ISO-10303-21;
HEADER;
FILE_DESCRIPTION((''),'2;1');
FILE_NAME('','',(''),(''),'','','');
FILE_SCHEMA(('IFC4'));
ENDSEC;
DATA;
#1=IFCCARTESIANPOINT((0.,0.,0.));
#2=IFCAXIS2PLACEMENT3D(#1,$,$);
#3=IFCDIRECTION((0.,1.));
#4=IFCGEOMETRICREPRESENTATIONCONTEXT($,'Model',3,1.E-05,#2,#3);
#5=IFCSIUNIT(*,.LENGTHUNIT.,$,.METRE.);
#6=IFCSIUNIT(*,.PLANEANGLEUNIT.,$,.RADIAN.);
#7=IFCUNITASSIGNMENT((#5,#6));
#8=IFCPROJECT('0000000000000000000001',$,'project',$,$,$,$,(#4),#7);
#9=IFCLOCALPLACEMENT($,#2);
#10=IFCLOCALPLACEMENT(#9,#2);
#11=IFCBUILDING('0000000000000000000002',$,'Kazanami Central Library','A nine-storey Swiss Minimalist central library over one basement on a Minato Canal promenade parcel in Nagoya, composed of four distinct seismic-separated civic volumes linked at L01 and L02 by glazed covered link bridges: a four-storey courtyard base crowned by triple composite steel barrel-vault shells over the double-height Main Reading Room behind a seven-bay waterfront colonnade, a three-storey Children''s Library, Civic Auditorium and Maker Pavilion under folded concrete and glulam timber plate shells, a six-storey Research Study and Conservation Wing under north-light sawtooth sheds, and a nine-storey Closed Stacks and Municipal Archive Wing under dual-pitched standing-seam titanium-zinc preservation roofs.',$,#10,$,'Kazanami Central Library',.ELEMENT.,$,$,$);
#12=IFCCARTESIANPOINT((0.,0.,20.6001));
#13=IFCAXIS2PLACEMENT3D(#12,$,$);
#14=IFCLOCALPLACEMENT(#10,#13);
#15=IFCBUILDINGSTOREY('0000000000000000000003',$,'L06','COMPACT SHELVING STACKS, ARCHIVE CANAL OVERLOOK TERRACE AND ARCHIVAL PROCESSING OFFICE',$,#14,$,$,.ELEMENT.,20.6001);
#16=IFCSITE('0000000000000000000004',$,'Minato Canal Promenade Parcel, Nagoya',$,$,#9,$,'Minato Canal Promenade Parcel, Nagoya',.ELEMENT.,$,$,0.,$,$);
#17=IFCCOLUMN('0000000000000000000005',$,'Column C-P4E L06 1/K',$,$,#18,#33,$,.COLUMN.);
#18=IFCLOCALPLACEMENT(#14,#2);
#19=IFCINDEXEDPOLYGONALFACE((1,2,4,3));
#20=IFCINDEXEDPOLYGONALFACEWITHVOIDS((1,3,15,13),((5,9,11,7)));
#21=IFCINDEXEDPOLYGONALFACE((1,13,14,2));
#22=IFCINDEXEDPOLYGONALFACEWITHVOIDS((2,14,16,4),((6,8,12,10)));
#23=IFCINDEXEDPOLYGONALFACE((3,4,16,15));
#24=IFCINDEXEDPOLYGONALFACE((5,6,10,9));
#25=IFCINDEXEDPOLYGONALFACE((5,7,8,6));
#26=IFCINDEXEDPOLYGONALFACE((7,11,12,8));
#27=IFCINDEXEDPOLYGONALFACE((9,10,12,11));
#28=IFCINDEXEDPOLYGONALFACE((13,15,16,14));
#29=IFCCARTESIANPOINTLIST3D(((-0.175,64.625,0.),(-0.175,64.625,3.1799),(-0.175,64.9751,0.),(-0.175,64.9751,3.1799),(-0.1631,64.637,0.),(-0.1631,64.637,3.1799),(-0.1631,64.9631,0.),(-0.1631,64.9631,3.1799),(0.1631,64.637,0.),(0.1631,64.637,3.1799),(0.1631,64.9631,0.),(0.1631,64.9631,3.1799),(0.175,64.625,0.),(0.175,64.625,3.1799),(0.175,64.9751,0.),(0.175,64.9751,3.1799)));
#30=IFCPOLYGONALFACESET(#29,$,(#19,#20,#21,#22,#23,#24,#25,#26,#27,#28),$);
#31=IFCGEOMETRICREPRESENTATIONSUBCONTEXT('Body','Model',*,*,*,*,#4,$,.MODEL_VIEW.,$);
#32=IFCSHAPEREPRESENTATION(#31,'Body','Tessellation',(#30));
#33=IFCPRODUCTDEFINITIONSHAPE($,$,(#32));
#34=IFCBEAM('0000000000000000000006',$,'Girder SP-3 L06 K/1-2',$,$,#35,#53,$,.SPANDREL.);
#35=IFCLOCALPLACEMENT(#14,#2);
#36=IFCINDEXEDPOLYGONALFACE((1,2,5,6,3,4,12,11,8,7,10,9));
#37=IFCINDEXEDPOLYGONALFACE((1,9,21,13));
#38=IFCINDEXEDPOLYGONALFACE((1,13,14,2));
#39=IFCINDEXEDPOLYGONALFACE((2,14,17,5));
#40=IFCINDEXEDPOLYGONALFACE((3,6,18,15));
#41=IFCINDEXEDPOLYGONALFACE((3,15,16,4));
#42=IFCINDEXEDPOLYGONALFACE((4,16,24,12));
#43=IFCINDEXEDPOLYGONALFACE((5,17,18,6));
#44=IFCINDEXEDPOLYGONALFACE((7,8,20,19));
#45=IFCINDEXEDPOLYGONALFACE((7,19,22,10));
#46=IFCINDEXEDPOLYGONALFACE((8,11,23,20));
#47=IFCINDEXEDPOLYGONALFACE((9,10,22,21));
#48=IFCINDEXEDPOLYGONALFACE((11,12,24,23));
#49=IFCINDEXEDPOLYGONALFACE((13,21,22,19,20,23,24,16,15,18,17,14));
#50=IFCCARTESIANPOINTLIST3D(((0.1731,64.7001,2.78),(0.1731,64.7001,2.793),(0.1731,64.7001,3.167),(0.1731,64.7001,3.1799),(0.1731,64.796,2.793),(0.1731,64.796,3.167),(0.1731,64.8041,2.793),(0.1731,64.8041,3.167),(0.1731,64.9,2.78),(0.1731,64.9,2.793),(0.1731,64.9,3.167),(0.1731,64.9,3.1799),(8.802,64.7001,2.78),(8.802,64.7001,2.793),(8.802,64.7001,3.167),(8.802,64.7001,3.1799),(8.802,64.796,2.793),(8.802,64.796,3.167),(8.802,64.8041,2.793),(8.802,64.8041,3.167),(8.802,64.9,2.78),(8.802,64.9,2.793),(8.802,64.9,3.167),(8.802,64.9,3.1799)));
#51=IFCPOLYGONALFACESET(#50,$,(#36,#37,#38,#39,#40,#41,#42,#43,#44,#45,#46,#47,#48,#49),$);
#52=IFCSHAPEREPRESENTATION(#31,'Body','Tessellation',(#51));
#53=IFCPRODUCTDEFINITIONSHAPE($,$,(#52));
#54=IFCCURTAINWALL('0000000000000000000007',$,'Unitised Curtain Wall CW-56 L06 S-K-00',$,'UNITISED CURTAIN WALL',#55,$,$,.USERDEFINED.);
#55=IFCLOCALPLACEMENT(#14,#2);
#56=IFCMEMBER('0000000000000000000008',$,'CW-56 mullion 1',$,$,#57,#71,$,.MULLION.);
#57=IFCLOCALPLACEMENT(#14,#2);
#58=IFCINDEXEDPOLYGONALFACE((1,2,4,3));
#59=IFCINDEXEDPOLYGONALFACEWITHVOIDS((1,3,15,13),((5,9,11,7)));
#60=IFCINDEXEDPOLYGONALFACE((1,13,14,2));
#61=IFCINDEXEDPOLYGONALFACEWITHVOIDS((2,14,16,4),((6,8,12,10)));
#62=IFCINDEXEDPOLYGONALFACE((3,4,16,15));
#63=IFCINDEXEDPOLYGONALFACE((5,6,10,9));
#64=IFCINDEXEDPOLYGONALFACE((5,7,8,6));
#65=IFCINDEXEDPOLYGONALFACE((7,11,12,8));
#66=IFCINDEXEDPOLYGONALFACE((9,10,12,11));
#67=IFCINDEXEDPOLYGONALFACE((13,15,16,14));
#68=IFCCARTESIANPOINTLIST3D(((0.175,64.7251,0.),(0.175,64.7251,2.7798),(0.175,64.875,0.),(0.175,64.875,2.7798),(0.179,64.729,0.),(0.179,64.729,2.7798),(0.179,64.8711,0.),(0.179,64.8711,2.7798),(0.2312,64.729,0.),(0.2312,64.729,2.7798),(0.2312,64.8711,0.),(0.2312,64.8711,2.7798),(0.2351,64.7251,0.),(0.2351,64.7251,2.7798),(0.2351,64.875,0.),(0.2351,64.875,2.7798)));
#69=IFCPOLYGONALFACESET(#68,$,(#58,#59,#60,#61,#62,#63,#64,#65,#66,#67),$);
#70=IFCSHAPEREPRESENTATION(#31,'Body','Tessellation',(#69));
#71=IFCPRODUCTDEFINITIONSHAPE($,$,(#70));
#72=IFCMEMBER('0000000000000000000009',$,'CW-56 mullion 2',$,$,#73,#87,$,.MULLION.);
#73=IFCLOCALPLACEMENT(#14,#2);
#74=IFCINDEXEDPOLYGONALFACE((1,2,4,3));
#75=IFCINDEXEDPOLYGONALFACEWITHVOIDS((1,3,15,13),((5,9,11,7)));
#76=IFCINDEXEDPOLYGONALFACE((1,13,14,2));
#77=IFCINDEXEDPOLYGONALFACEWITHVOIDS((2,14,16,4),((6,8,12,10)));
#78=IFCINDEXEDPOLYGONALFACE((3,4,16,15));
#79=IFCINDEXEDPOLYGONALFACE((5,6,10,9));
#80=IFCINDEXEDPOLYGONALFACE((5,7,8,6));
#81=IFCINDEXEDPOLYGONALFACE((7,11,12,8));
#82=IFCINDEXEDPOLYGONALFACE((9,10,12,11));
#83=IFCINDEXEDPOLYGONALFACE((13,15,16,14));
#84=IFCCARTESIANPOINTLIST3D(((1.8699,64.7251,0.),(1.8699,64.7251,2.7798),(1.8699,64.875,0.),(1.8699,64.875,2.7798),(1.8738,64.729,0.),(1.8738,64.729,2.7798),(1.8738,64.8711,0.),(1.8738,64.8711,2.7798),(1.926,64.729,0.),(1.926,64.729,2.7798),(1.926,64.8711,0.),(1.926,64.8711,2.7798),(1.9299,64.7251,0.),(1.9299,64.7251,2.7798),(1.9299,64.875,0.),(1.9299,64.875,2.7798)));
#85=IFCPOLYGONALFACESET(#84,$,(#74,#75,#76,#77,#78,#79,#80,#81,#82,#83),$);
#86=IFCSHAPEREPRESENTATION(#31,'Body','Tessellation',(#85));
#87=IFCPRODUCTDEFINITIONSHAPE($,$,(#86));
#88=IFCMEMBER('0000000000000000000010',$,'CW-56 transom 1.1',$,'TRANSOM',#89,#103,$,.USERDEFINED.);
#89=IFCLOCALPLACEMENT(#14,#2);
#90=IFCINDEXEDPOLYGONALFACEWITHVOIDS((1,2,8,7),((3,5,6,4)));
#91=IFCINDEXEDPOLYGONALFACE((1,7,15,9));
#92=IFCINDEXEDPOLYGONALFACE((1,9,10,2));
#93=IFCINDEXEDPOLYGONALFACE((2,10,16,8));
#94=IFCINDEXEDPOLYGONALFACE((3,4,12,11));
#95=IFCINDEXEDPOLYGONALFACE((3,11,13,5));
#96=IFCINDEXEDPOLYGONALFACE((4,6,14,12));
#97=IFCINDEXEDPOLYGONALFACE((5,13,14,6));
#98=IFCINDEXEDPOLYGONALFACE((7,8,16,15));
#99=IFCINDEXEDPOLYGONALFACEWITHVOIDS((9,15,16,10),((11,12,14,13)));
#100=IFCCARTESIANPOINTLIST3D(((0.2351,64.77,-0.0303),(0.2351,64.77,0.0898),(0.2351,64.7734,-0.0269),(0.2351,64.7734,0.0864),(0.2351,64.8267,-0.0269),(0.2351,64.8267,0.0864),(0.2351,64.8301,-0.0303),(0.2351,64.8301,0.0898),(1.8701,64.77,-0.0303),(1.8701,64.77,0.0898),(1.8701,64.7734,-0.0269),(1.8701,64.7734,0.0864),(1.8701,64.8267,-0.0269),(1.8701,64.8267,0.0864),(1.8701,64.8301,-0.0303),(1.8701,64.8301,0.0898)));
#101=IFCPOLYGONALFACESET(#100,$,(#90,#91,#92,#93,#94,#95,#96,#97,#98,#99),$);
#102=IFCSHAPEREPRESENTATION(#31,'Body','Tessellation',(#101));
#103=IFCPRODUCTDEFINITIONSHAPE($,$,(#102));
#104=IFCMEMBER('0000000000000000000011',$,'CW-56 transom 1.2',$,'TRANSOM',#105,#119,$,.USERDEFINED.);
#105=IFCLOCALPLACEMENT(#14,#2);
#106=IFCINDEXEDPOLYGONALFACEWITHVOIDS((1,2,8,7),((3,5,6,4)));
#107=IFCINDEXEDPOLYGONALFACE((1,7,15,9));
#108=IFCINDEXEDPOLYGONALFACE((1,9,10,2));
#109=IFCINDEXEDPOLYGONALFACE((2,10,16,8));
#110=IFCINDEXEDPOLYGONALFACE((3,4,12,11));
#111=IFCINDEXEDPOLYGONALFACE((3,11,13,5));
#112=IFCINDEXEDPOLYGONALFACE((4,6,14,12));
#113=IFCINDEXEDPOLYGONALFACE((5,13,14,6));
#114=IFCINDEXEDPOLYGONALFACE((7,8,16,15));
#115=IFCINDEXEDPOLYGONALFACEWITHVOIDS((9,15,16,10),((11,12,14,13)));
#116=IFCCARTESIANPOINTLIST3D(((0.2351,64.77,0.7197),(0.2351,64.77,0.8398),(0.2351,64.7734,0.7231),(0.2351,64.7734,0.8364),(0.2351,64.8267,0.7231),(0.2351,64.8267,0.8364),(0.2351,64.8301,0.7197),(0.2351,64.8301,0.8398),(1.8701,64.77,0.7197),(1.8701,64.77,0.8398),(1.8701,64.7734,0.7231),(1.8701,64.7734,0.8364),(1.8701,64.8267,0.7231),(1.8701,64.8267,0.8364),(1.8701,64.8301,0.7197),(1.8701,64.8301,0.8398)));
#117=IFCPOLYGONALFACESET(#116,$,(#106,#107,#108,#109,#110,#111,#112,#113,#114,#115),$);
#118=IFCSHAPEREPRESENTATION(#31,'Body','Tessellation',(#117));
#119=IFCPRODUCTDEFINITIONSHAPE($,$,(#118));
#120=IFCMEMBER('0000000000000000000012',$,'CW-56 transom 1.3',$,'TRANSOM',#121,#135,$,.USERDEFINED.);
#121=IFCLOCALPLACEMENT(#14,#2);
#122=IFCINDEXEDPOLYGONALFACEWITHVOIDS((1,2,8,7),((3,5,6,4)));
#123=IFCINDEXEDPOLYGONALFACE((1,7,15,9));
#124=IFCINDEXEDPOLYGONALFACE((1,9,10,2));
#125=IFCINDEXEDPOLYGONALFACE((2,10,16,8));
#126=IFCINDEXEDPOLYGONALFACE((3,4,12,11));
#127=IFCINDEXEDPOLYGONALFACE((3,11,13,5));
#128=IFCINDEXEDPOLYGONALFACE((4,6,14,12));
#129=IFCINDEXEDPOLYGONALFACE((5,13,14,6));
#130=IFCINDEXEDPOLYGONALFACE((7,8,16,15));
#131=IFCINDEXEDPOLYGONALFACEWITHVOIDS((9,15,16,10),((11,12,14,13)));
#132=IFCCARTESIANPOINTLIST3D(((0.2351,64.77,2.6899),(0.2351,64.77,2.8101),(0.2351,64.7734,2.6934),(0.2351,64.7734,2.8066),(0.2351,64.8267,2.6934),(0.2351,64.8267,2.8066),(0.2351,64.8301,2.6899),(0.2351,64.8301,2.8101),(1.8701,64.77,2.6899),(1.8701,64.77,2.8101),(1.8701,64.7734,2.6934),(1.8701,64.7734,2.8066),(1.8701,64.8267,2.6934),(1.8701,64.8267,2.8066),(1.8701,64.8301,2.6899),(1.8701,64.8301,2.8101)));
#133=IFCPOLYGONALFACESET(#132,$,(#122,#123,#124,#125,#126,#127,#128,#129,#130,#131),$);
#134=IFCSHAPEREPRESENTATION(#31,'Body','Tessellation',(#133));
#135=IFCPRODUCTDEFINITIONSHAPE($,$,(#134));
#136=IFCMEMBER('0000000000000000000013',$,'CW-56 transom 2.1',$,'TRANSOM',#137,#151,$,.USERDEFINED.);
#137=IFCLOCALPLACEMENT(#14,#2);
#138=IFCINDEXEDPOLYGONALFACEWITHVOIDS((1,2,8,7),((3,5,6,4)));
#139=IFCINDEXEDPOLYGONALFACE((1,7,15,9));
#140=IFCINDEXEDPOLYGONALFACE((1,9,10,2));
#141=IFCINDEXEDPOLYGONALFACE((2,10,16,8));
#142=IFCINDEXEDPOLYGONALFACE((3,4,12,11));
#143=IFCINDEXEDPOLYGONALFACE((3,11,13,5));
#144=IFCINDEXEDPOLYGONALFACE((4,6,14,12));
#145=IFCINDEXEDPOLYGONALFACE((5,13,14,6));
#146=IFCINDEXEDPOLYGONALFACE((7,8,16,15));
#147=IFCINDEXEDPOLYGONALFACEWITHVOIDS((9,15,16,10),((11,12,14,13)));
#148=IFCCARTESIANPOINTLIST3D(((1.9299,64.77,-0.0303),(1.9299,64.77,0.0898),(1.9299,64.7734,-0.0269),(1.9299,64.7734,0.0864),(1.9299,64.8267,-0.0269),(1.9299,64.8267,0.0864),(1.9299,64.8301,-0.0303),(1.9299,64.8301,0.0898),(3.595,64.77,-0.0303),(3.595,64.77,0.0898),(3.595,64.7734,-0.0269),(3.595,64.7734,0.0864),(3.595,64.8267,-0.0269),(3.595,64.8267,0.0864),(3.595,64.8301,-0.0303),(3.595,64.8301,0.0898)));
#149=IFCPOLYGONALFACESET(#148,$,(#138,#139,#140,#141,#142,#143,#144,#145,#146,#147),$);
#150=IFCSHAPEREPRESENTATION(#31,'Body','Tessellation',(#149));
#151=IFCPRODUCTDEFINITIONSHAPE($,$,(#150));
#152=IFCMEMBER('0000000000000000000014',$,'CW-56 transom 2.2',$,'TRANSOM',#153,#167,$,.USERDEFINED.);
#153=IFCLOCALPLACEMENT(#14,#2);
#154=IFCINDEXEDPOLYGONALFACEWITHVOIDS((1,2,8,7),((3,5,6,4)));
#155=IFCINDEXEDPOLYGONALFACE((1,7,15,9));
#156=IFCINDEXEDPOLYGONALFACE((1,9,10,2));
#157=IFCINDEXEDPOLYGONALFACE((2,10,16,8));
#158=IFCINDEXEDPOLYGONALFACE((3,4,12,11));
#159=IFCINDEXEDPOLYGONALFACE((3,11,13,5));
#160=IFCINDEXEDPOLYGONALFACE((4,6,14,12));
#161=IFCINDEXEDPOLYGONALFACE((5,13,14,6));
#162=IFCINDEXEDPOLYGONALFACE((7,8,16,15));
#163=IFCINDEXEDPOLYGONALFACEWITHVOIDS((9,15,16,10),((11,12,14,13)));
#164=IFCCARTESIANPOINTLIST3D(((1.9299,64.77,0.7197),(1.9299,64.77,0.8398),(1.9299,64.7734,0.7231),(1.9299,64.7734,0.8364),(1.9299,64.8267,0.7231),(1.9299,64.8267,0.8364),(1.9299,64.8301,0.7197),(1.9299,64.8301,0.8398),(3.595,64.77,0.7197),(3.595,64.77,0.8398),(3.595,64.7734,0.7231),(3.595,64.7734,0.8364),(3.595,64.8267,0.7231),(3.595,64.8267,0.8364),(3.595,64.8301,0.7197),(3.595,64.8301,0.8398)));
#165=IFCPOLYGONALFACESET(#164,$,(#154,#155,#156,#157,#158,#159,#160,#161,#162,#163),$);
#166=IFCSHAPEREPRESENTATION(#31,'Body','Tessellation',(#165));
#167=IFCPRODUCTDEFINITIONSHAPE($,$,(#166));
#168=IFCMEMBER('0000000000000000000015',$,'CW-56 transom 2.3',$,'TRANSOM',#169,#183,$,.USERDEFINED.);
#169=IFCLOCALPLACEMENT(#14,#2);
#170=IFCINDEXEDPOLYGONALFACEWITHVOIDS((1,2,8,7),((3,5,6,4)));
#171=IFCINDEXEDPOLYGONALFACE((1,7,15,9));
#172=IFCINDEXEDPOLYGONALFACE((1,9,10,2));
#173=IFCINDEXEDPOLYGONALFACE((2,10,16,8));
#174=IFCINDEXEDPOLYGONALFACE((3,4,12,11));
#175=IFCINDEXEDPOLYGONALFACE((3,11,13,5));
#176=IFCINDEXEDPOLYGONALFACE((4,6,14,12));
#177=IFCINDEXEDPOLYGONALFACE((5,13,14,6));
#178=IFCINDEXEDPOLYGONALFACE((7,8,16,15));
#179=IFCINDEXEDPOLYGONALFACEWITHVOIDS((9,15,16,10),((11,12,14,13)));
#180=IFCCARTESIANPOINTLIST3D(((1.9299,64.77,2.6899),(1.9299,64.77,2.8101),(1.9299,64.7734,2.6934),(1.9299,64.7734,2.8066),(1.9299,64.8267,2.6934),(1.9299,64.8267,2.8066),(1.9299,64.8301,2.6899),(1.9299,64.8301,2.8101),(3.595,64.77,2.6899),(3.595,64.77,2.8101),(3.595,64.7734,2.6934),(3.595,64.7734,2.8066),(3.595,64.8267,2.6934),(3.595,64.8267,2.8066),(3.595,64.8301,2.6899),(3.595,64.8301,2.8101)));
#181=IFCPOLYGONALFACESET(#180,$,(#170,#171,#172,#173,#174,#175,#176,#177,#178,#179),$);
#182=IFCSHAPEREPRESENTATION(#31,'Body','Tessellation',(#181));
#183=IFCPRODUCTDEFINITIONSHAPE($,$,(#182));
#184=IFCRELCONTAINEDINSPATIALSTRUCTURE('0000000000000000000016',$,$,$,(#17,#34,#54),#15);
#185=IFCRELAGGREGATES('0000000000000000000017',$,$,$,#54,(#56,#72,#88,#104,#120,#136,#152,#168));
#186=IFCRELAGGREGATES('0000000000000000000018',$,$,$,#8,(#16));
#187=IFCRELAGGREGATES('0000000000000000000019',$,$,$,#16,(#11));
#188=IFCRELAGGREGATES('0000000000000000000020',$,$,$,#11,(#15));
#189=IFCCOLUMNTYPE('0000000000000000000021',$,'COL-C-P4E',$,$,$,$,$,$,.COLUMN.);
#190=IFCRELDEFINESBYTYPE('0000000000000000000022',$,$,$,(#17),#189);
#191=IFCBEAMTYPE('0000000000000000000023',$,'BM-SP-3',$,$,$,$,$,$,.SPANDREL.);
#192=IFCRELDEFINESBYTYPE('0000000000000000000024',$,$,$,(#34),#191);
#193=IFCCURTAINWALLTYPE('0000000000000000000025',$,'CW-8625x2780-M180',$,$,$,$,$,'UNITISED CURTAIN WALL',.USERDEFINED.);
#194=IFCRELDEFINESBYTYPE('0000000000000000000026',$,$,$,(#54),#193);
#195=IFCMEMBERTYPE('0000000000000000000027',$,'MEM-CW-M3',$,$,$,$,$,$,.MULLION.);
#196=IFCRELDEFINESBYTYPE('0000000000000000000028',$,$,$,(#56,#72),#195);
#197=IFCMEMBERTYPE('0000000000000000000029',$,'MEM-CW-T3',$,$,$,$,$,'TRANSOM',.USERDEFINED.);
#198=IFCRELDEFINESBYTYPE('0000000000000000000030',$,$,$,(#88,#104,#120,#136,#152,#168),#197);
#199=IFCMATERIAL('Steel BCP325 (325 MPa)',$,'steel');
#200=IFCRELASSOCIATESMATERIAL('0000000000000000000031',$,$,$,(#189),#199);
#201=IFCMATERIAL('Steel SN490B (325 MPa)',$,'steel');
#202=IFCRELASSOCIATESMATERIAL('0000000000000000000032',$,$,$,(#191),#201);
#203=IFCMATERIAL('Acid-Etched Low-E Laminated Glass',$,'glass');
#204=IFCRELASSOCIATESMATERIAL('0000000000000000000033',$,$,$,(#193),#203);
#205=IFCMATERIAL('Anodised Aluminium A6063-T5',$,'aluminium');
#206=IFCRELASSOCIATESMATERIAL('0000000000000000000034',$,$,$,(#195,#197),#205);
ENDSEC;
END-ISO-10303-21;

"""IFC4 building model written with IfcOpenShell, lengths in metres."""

from ifc_helpers import new_model, si_unit, direction, frame, origin, origin_2d, place, context, subcontext, project, spatial, hollow_rectangle, i_section, extrude, material, material_profile, profile_set, type_object, element, aggregate, save


model = new_model("IFC4")

# Units and contexts
model_context = context("Model", 3, precision=1e-05, world=origin(), true_north=direction((0.0, 1.0)))
body_context = subcontext(model_context, "Body", "Model", "MODEL_VIEW")
ifc_project = project(units=[si_unit("LENGTHUNIT", "METRE"), si_unit("PLANEANGLEUNIT", "RADIAN")], contexts=[model_context])

# Site, building, storey
site_placement = place(None, origin())
site = spatial("IfcSite", under=ifc_project, at=site_placement, Name="Minato Canal Promenade Parcel, Nagoya", LongName="Minato Canal Promenade Parcel, Nagoya", CompositionType="ELEMENT", RefElevation=0.0)
building_placement = place(site_placement, origin())
building = spatial("IfcBuilding", under=site, at=building_placement, Name="Kazanami Central Library", Description="A nine-storey Swiss Minimalist central library over one basement on a Minato Canal promenade parcel in Nagoya, composed of four distinct seismic-separated civic volumes linked at L01 and L02 by glazed covered link bridges: a four-storey courtyard base crowned by triple composite steel barrel-vault shells over the double-height Main Reading Room behind a seven-bay waterfront colonnade, a three-storey Children's Library, Civic Auditorium and Maker Pavilion under folded concrete and glulam timber plate shells, a six-storey Research Study and Conservation Wing under north-light sawtooth sheds, and a nine-storey Closed Stacks and Municipal Archive Wing under dual-pitched standing-seam titanium-zinc preservation roofs.", LongName="Kazanami Central Library", CompositionType="ELEMENT")
storey_placement = place(building_placement, frame((0.0, 0.0, 20.6001)))
storey = spatial("IfcBuildingStorey", under=building, at=storey_placement, Name="L06", Description="COMPACT SHELVING STACKS, ARCHIVE CANAL OVERLOOK TERRACE AND ARCHIVAL PROCESSING OFFICE", CompositionType="ELEMENT", Elevation=20.6001)

# Column
ifc_material_1 = material(Name="Steel BCP325 (325 MPa)", Category="steel")
ifc_material_profile_1 = material_profile(ifc_material_1, hollow_rectangle(XDim=0.3501, YDim=0.3501, WallThickness=0.012, at=origin_2d()), Name="STKR-350x350x12")
ifc_profile_set_1 = profile_set([ifc_material_profile_1], Name="Steel BCP325 (325 MPa)")
column_type = type_object("IfcColumnType", Name="COL-C-P4E", PredefinedType="COLUMN", material=ifc_profile_set_1)
column_placement = place(storey_placement, frame((0.0, 64.8, 0.0), z_axis=(0.0, 0.0, 1.0), x_axis=(1.0, 0.0, 0.0)))
element("IfcColumn", 1, at=column_placement, inside=storey, type_object=column_type, Name="Column C-P4E L06 1/K", PredefinedType="COLUMN", context=body_context, shape_type="SweptSolid", body=[
    extrude(hollow_rectangle(XDim=0.3501, YDim=0.3501, WallThickness=0.012, at=origin_2d()), origin(), (0.0, 0.0, 1.0), 3.1799),
])

# Beam
ifc_material_2 = material(Name="Steel SN490B (325 MPa)", Category="steel")
ifc_material_profile_2 = material_profile(ifc_material_2, i_section(OverallWidth=0.2, OverallDepth=0.3999, WebThickness=0.0081, FlangeThickness=0.0129, at=origin_2d()), Name="H-400x200x8x13")
ifc_profile_set_2 = profile_set([ifc_material_profile_2], Name="Steel SN490B (325 MPa)")
beam_type = type_object("IfcBeamType", Name="BM-SP-3", PredefinedType="SPANDREL", material=ifc_profile_set_2)
beam_placement = place(storey_placement, frame((0.1731, 64.8, 2.98), z_axis=(1.0, 0.0, 0.0), x_axis=(0.0, 1.0, 0.0)))
element("IfcBeam", 2, at=beam_placement, inside=storey, type_object=beam_type, Name="Girder SP-3 L06 K/1-2", PredefinedType="SPANDREL", context=body_context, shape_type="SweptSolid", body=[
    extrude(i_section(OverallWidth=0.2, OverallDepth=0.3999, WebThickness=0.0081, FlangeThickness=0.0129, at=origin_2d()), origin(), (0.0, 0.0, 1.0), 8.6289),
])

# Curtain wall, members
ifc_material_3 = material(Name="Acid-Etched Low-E Laminated Glass", Category="glass")
curtain_wall_type = type_object("IfcCurtainWallType", Name="CW-8625x2780-M180", ElementType="UNITISED CURTAIN WALL", PredefinedType="USERDEFINED", material=ifc_material_3)
curtain_wall_placement = place(storey_placement, origin())
curtain_wall = element("IfcCurtainWall", 3, at=curtain_wall_placement, inside=storey, type_object=curtain_wall_type, Name="Unitised Curtain Wall CW-56 L06 S-K-00", ObjectType="UNITISED CURTAIN WALL", PredefinedType="USERDEFINED")
ifc_material_4 = material(Name="Anodised Aluminium A6063-T5", Category="aluminium")
ifc_material_profile_3 = material_profile(ifc_material_4, hollow_rectangle(XDim=0.0601, YDim=0.1499, WallThickness=0.0039, at=origin_2d()), Name="ALU-MULL-60x150x4")
ifc_profile_set_3 = profile_set([ifc_material_profile_3], Name="Anodised Aluminium A6063-T5")
member_type_1 = type_object("IfcMemberType", Name="MEM-CW-M3", PredefinedType="MULLION", material=ifc_profile_set_3)
member_1_placement = place(storey_placement, frame((0.2051, 64.8, 0.0), z_axis=(0.0, 0.0, 1.0), x_axis=(1.0, 0.0, 0.0)))
member_1 = element("IfcMember", 4, at=member_1_placement, type_object=member_type_1, Name="CW-56 mullion 1", PredefinedType="MULLION", context=body_context, shape_type="SweptSolid", body=[
    extrude(hollow_rectangle(XDim=0.0601, YDim=0.1499, WallThickness=0.0039, at=origin_2d()), origin(), (0.0, 0.0, 1.0), 2.7798),
])
member_2_placement = place(storey_placement, frame((1.8999, 64.8, 0.0), z_axis=(0.0, 0.0, 1.0), x_axis=(1.0, 0.0, 0.0)))
member_2 = element("IfcMember", 5, at=member_2_placement, type_object=member_type_1, Name="CW-56 mullion 2", PredefinedType="MULLION", context=body_context, shape_type="SweptSolid", body=[
    extrude(hollow_rectangle(XDim=0.0601, YDim=0.1499, WallThickness=0.0039, at=origin_2d()), origin(), (0.0, 0.0, 1.0), 2.7798),
])
ifc_material_profile_4 = material_profile(ifc_material_4, hollow_rectangle(XDim=0.0601, YDim=0.1201, WallThickness=0.0034, at=origin_2d()), Name="ALU-TRAN-60x120x3.5")
ifc_profile_set_4 = profile_set([ifc_material_profile_4], Name="Anodised Aluminium A6063-T5")
member_type_2 = type_object("IfcMemberType", Name="MEM-CW-T3", ElementType="TRANSOM", PredefinedType="USERDEFINED", material=ifc_profile_set_4)
member_3_placement = place(storey_placement, frame((0.2351, 64.8, 0.0298), z_axis=(1.0, 0.0, 0.0), x_axis=(0.0, 1.0, 0.0)))
member_3 = element("IfcMember", 6, at=member_3_placement, type_object=member_type_2, Name="CW-56 transom 1.1", ObjectType="TRANSOM", PredefinedType="USERDEFINED", context=body_context, shape_type="SweptSolid", body=[
    extrude(hollow_rectangle(XDim=0.0601, YDim=0.1201, WallThickness=0.0034, at=origin_2d()), origin(), (0.0, 0.0, 1.0), 1.635),
])
member_4_placement = place(storey_placement, frame((0.2351, 64.8, 0.7798), z_axis=(1.0, 0.0, 0.0), x_axis=(0.0, 1.0, 0.0)))
member_4 = element("IfcMember", 7, at=member_4_placement, type_object=member_type_2, Name="CW-56 transom 1.2", ObjectType="TRANSOM", PredefinedType="USERDEFINED", context=body_context, shape_type="SweptSolid", body=[
    extrude(hollow_rectangle(XDim=0.0601, YDim=0.1201, WallThickness=0.0034, at=origin_2d()), origin(), (0.0, 0.0, 1.0), 1.635),
])
member_5_placement = place(storey_placement, frame((0.2351, 64.8, 2.75), z_axis=(1.0, 0.0, 0.0), x_axis=(0.0, 1.0, 0.0)))
member_5 = element("IfcMember", 8, at=member_5_placement, type_object=member_type_2, Name="CW-56 transom 1.3", ObjectType="TRANSOM", PredefinedType="USERDEFINED", context=body_context, shape_type="SweptSolid", body=[
    extrude(hollow_rectangle(XDim=0.0601, YDim=0.1201, WallThickness=0.0034, at=origin_2d()), origin(), (0.0, 0.0, 1.0), 1.635),
])
member_6_placement = place(storey_placement, frame((1.9299, 64.8, 0.0298), z_axis=(1.0, 0.0, 0.0), x_axis=(0.0, 1.0, 0.0)))
member_6 = element("IfcMember", 9, at=member_6_placement, type_object=member_type_2, Name="CW-56 transom 2.1", ObjectType="TRANSOM", PredefinedType="USERDEFINED", context=body_context, shape_type="SweptSolid", body=[
    extrude(hollow_rectangle(XDim=0.0601, YDim=0.1201, WallThickness=0.0034, at=origin_2d()), origin(), (0.0, 0.0, 1.0), 1.665),
])
member_7_placement = place(storey_placement, frame((1.9299, 64.8, 0.7798), z_axis=(1.0, 0.0, 0.0), x_axis=(0.0, 1.0, 0.0)))
member_7 = element("IfcMember", 10, at=member_7_placement, type_object=member_type_2, Name="CW-56 transom 2.2", ObjectType="TRANSOM", PredefinedType="USERDEFINED", context=body_context, shape_type="SweptSolid", body=[
    extrude(hollow_rectangle(XDim=0.0601, YDim=0.1201, WallThickness=0.0034, at=origin_2d()), origin(), (0.0, 0.0, 1.0), 1.665),
])
member_8_placement = place(storey_placement, frame((1.9299, 64.8, 2.75), z_axis=(1.0, 0.0, 0.0), x_axis=(0.0, 1.0, 0.0)))
member_8 = element("IfcMember", 11, at=member_8_placement, type_object=member_type_2, Name="CW-56 transom 2.3", ObjectType="TRANSOM", PredefinedType="USERDEFINED", context=body_context, shape_type="SweptSolid", body=[
    extrude(hollow_rectangle(XDim=0.0601, YDim=0.1201, WallThickness=0.0034, at=origin_2d()), origin(), (0.0, 0.0, 1.0), 1.665),
])
aggregate(curtain_wall, [member_1, member_2, member_3, member_4, member_5, member_6, member_7, member_8])

save(model, "model.ifc")
